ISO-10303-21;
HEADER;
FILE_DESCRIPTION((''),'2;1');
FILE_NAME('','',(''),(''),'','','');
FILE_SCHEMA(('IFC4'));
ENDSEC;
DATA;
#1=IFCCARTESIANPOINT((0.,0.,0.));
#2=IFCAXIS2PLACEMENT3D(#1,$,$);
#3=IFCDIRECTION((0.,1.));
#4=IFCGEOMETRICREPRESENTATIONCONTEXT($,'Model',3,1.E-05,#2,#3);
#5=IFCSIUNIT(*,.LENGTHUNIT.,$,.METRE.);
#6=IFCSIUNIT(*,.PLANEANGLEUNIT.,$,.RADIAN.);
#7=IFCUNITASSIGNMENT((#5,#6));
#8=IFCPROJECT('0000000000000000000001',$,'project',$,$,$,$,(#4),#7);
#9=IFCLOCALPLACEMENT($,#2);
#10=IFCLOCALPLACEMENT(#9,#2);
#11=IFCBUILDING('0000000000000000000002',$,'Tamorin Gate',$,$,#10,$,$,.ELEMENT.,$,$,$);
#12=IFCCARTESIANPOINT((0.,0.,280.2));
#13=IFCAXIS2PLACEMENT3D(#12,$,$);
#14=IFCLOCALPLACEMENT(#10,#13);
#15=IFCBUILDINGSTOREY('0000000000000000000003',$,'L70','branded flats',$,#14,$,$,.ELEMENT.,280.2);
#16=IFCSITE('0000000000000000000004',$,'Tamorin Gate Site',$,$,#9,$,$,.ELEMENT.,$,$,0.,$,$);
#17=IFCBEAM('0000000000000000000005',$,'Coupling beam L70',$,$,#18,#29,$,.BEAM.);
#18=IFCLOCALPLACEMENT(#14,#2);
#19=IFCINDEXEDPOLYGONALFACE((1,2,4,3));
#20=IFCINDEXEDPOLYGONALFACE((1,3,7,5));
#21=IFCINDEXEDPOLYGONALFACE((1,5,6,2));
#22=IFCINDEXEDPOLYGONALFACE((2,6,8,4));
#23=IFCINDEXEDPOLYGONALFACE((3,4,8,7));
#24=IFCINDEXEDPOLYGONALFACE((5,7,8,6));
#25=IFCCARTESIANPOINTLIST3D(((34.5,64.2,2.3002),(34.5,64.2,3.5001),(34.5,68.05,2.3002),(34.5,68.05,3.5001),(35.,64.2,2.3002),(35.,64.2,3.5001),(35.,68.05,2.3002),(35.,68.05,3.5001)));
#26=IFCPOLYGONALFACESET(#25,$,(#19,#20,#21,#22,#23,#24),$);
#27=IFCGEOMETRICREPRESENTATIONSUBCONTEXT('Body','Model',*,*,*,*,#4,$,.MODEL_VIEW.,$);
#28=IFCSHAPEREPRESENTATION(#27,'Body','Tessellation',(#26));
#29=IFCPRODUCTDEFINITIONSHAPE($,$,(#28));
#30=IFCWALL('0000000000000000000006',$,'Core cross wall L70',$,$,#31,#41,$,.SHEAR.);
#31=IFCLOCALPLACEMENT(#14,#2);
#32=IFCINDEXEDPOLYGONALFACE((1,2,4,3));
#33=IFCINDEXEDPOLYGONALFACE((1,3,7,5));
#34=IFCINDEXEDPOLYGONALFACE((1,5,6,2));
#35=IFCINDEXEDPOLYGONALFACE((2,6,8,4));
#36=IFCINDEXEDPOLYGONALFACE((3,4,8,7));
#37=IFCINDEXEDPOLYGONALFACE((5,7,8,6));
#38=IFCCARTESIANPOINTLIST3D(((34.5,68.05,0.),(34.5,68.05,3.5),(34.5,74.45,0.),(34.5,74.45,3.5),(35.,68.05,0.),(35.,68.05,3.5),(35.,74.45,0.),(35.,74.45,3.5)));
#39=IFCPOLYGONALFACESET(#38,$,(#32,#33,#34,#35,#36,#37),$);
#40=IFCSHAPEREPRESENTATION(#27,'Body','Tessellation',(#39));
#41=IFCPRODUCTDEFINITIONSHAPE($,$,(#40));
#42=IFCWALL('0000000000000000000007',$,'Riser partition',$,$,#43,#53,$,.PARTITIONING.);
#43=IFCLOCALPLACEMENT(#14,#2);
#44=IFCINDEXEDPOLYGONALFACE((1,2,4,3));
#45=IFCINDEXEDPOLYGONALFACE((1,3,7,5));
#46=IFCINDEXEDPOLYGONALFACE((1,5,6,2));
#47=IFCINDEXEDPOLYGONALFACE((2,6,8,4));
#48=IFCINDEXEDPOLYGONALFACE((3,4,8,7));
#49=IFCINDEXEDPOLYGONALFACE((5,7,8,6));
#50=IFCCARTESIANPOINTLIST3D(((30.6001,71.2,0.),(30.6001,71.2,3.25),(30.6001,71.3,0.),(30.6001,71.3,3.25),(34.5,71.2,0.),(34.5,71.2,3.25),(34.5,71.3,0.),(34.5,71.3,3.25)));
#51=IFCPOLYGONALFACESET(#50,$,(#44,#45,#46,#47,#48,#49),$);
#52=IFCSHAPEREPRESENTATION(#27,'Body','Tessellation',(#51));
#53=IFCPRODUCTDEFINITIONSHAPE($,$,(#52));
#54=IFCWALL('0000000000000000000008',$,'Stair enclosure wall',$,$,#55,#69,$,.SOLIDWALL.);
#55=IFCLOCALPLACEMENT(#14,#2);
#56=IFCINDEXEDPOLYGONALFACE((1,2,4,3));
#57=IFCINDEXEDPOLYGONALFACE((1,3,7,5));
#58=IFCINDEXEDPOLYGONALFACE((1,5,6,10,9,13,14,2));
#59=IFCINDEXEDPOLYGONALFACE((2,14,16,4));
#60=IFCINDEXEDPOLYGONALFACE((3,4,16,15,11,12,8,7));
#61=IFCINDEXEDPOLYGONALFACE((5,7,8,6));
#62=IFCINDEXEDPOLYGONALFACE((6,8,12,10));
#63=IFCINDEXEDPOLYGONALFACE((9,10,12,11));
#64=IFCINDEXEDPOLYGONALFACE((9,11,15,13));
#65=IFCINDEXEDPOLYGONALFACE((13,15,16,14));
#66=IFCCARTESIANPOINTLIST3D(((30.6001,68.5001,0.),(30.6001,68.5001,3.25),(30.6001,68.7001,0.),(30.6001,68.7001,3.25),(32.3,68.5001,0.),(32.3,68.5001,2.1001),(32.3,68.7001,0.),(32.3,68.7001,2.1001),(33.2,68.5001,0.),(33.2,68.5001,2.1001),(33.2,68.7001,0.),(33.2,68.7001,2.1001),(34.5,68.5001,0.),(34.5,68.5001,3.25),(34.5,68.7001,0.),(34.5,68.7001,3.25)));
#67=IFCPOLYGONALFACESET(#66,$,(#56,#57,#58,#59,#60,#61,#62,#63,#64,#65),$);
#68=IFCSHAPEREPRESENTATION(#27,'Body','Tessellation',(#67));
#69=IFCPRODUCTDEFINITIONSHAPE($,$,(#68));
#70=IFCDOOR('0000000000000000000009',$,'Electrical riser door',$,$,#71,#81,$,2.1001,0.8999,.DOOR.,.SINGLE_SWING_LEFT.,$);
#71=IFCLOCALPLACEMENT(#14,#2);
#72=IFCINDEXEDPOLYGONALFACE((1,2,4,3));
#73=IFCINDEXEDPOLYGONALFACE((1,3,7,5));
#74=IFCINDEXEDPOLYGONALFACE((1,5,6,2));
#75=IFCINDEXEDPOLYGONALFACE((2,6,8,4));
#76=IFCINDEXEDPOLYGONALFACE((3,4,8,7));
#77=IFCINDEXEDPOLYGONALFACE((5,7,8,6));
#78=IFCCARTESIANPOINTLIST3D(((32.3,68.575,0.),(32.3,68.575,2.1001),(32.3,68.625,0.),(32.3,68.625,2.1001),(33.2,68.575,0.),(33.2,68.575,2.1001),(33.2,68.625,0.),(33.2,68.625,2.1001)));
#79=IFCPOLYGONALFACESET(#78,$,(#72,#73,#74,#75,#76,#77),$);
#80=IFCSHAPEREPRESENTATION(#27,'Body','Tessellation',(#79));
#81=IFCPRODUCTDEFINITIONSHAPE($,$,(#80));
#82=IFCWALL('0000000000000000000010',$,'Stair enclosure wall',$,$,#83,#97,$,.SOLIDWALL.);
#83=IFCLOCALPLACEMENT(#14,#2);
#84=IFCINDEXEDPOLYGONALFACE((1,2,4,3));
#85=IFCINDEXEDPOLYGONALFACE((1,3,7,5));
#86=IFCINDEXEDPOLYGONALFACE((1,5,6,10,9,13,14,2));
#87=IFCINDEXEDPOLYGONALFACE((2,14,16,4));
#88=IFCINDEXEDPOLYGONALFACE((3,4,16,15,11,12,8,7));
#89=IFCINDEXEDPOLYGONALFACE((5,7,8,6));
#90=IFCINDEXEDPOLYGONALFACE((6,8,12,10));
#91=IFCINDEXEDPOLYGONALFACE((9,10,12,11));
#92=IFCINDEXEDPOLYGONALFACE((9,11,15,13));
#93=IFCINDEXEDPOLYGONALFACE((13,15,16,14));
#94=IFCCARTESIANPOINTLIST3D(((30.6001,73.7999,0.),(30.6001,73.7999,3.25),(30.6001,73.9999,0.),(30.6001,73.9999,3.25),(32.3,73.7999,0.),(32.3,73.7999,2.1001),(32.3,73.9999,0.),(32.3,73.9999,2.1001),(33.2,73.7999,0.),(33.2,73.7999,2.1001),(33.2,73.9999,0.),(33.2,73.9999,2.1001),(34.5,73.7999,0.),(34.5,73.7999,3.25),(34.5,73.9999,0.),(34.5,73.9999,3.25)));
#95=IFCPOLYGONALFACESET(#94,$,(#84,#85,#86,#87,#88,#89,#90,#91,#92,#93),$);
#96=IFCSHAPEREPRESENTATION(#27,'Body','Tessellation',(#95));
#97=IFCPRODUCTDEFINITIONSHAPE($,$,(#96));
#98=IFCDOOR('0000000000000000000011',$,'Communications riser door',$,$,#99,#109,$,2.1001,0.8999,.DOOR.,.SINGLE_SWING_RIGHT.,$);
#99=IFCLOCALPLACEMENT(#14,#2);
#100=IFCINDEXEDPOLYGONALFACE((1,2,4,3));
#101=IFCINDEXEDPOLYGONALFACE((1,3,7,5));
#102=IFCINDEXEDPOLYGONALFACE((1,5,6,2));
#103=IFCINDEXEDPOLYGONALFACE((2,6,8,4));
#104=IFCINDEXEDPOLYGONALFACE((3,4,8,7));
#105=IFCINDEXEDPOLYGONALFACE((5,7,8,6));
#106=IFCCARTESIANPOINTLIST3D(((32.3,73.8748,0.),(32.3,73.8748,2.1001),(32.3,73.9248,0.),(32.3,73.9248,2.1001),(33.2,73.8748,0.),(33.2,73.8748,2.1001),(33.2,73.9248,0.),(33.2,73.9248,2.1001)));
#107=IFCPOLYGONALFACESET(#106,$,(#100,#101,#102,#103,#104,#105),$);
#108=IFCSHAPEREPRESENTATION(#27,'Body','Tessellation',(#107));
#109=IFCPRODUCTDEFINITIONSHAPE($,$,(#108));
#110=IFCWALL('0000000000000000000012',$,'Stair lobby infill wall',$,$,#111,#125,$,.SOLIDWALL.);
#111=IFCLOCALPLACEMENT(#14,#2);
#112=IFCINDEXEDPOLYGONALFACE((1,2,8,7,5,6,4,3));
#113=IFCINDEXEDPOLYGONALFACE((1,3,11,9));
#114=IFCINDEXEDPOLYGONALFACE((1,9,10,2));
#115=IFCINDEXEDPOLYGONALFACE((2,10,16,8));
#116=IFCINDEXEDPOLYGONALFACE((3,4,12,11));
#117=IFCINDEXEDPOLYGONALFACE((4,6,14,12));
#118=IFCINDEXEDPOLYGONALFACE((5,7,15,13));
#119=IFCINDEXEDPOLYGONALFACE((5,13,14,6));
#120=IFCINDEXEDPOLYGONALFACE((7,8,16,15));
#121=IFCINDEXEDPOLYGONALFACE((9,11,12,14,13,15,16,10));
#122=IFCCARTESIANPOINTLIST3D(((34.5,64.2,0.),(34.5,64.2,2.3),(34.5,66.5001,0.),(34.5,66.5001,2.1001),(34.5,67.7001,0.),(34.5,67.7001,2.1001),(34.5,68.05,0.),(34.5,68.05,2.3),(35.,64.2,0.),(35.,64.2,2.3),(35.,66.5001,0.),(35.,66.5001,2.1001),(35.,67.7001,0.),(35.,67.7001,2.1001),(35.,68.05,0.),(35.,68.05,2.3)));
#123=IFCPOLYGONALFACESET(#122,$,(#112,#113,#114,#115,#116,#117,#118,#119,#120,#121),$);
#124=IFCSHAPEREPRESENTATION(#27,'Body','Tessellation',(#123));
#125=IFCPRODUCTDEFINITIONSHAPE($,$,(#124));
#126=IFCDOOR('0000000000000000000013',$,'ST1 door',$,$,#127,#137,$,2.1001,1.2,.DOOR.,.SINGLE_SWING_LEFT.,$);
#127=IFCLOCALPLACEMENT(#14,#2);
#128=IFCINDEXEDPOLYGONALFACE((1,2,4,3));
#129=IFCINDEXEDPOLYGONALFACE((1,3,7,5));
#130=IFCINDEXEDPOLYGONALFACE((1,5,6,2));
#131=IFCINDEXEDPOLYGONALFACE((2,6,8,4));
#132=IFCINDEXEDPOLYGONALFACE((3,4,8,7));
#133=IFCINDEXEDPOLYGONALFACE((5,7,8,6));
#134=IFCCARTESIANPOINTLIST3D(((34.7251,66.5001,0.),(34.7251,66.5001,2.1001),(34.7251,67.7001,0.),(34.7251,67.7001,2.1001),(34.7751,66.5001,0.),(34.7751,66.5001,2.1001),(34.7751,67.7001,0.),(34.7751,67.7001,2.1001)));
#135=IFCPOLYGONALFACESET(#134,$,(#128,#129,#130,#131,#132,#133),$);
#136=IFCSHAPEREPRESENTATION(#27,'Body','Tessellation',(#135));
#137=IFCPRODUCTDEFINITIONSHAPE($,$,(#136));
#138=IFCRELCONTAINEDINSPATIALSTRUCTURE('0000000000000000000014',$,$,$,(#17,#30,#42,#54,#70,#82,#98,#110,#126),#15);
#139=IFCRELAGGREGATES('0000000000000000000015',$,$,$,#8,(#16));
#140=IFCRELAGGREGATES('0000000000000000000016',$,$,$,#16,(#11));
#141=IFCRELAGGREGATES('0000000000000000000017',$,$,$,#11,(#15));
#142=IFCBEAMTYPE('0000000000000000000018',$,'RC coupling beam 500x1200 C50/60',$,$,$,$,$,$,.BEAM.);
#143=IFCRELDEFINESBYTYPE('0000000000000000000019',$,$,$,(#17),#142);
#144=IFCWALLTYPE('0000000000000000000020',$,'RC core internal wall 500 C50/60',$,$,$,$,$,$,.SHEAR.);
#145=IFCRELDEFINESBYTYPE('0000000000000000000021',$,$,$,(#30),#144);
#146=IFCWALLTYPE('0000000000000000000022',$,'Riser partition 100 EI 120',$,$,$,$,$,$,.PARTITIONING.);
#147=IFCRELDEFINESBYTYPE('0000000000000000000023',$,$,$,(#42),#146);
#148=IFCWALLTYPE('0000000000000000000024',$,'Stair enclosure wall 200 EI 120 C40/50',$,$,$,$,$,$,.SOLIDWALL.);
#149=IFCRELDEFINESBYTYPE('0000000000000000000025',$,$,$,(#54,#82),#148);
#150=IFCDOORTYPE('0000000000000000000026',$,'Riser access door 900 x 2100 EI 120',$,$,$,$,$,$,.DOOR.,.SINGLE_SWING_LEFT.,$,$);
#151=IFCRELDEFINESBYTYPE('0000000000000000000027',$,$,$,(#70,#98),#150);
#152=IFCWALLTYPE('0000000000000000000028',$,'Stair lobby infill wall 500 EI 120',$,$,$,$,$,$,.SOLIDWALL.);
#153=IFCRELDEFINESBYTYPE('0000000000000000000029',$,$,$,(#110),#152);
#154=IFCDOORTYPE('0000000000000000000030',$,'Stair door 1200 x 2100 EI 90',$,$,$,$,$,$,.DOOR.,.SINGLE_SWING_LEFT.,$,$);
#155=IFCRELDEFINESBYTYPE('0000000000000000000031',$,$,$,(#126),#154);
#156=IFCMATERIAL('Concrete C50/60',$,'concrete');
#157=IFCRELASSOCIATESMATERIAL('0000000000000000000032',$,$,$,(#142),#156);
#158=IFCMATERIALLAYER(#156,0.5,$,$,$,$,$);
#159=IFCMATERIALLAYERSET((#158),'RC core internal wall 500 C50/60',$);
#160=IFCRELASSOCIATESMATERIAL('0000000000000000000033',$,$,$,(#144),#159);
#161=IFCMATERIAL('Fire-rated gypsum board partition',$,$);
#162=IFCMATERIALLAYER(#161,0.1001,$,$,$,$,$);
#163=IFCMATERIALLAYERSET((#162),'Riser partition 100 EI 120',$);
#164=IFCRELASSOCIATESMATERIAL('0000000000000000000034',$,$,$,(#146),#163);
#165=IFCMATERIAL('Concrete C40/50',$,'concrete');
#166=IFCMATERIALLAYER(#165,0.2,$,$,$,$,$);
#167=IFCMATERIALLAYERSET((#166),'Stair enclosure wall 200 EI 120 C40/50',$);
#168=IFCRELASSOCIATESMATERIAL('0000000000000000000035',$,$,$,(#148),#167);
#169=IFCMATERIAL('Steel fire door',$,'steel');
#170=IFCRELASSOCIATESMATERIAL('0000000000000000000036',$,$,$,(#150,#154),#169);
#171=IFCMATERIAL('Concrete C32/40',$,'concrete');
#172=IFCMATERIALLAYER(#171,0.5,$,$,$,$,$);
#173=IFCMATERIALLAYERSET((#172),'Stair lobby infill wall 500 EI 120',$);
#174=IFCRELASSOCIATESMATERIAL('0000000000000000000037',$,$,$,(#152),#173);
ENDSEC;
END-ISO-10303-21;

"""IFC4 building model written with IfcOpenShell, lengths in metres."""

from ifc_helpers import new_model, si_unit, direction, frame, frame_2d, origin, origin_2d, place, context, subcontext, project, spatial, rectangle, extrude, material, layer, layer_set, material_profile, profile_set, type_object, element, fill, save


model = new_model("IFC4")

# Units and contexts
model_context = context("Model", 3, precision=1e-05, world=origin(), true_north=direction((0.0, 1.0)))
body_context = subcontext(model_context, "Body", "Model", "MODEL_VIEW")
ifc_project = project(units=[si_unit("LENGTHUNIT", "METRE"), si_unit("PLANEANGLEUNIT", "RADIAN")], contexts=[model_context])

# Site, building, storey
site_placement = place(None, origin())
site = spatial("IfcSite", under=ifc_project, at=site_placement, Name="Tamorin Gate Site", CompositionType="ELEMENT", RefElevation=0.0)
building_placement = place(site_placement, origin())
building = spatial("IfcBuilding", under=site, at=building_placement, Name="Tamorin Gate", CompositionType="ELEMENT")
storey_placement = place(building_placement, frame((0.0, 0.0, 280.2)))
storey = spatial("IfcBuildingStorey", under=building, at=storey_placement, Name="L70", Description="branded flats", CompositionType="ELEMENT", Elevation=280.2)

# Beam
ifc_material_1 = material(Name="Concrete C50/60", Category="concrete")
ifc_material_profile = material_profile(ifc_material_1, rectangle(XDim=0.5, YDim=1.2, at=origin_2d()), Name="RC 500x1200")
ifc_profile_set = profile_set([ifc_material_profile], Name="Concrete C50/60")
beam_type = type_object("IfcBeamType", Name="RC coupling beam 500x1200 C50/60", PredefinedType="BEAM", material=ifc_profile_set)
beam_placement = place(storey_placement, frame((34.75, 64.2, 2.9001), z_axis=(0.0, 1.0, 0.0), x_axis=(-1.0, 0.0, 0.0)))
element("IfcBeam", 1, at=beam_placement, inside=storey, type_object=beam_type, Name="Coupling beam L70", PredefinedType="BEAM", context=body_context, shape_type="SweptSolid", body=[
    extrude(rectangle(XDim=0.5, YDim=1.2, at=origin_2d()), origin(), (0.0, 0.0, 1.0), 3.8501),
])

# Walls
ifc_layer_1 = layer(ifc_material_1, 0.5)
ifc_layer_set_1 = layer_set([ifc_layer_1], Name="RC core internal wall 500 C50/60")
wall_type_1 = type_object("IfcWallType", Name="RC core internal wall 500 C50/60", PredefinedType="SHEAR", material=ifc_layer_set_1)
wall_1_placement = place(storey_placement, frame((34.75, 68.05, 0.0), z_axis=(0.0, 0.0, 1.0), x_axis=(0.0, 1.0, 0.0)))
element("IfcWall", 2, at=wall_1_placement, inside=storey, type_object=wall_type_1, Name="Core cross wall L70", PredefinedType="SHEAR", context=body_context, shape_type="SweptSolid", body=[
    extrude(rectangle(XDim=6.3999, YDim=0.5, at=frame_2d((3.2, 0.0))), origin(), (0.0, 0.0, 1.0), 3.5),
])
ifc_material_2 = material(Name="Fire-rated gypsum board partition")
ifc_layer_2 = layer(ifc_material_2, 0.1001)
ifc_layer_set_2 = layer_set([ifc_layer_2], Name="Riser partition 100 EI 120")
wall_type_2 = type_object("IfcWallType", Name="Riser partition 100 EI 120", PredefinedType="PARTITIONING", material=ifc_layer_set_2)
wall_2_placement = place(storey_placement, frame((30.6001, 71.25, 0.0), z_axis=(0.0, 0.0, 1.0), x_axis=(1.0, 0.0, 0.0)))
element("IfcWall", 3, at=wall_2_placement, inside=storey, type_object=wall_type_2, Name="Riser partition", PredefinedType="PARTITIONING", context=body_context, shape_type="SweptSolid", body=[
    extrude(rectangle(XDim=3.8999, YDim=0.1001, at=frame_2d((1.95, 0.0))), origin(), (0.0, 0.0, 1.0), 3.25),
])

# Walls, openings, doors
ifc_material_3 = material(Name="Concrete C40/50", Category="concrete")
ifc_layer_3 = layer(ifc_material_3, 0.2)
ifc_layer_set_3 = layer_set([ifc_layer_3], Name="Stair enclosure wall 200 EI 120 C40/50")
wall_type_3 = type_object("IfcWallType", Name="Stair enclosure wall 200 EI 120 C40/50", PredefinedType="SOLIDWALL", material=ifc_layer_set_3)
wall_3_placement = place(storey_placement, frame((30.6001, 68.6001, 0.0), z_axis=(0.0, 0.0, 1.0), x_axis=(1.0, 0.0, 0.0)))
wall_3 = element("IfcWall", 4, at=wall_3_placement, inside=storey, type_object=wall_type_3, Name="Stair enclosure wall", PredefinedType="SOLIDWALL", context=body_context, shape_type="SweptSolid", body=[
    extrude(rectangle(XDim=3.8999, YDim=0.2, at=frame_2d((1.95, 0.0))), origin(), (0.0, 0.0, 1.0), 3.25),
])
opening_1_placement = place(wall_3_placement, frame((1.7, 0.0, 0.0)))
opening_1 = element("IfcOpeningElement", 5, at=opening_1_placement, cuts=wall_3, PredefinedType="OPENING", context=body_context, shape_type="SweptSolid", body=[
    extrude(rectangle(XDim=0.8999, YDim=2.1001, at=frame_2d((0.45, 1.05))), frame((0.0, 0.1099, 0.0), z_axis=(0.0, -1.0, 0.0), x_axis=(1.0, 0.0, 0.0)), (0.0, 0.0, 1.0), 0.22),
])
ifc_material_4 = material(Name="Steel fire door", Category="steel")
door_type_1 = type_object("IfcDoorType", Name="Riser access door 900 x 2100 EI 120", OperationType="SINGLE_SWING_LEFT", PredefinedType="DOOR", material=ifc_material_4)
door_1_placement = place(opening_1_placement, origin())
door_1 = element("IfcDoor", 6, at=door_1_placement, inside=storey, type_object=door_type_1, Name="Electrical riser door", OperationType="SINGLE_SWING_LEFT", OverallHeight=2.1001, OverallWidth=0.8999, PredefinedType="DOOR", context=body_context, shape_type="SweptSolid", body=[
    extrude(rectangle(XDim=0.8999, YDim=2.1001, at=frame_2d((0.45, 1.05))), frame((0.0, 0.0249, 0.0), z_axis=(0.0, -1.0, 0.0), x_axis=(1.0, 0.0, 0.0)), (0.0, 0.0, 1.0), 0.05),
])
fill(opening_1, door_1)
wall_4_placement = place(storey_placement, frame((30.6001, 73.8999, 0.0), z_axis=(0.0, 0.0, 1.0), x_axis=(1.0, 0.0, 0.0)))
wall_4 = element("IfcWall", 7, at=wall_4_placement, inside=storey, type_object=wall_type_3, Name="Stair enclosure wall", PredefinedType="SOLIDWALL", context=body_context, shape_type="SweptSolid", body=[
    extrude(rectangle(XDim=3.8999, YDim=0.2, at=frame_2d((1.95, 0.0))), origin(), (0.0, 0.0, 1.0), 3.25),
])
opening_2_placement = place(wall_4_placement, frame((1.7, 0.0, 0.0)))
opening_2 = element("IfcOpeningElement", 8, at=opening_2_placement, cuts=wall_4, PredefinedType="OPENING", context=body_context, shape_type="SweptSolid", body=[
    extrude(rectangle(XDim=0.8999, YDim=2.1001, at=frame_2d((0.45, 1.05))), frame((0.0, 0.1099, 0.0), z_axis=(0.0, -1.0, 0.0), x_axis=(1.0, 0.0, 0.0)), (0.0, 0.0, 1.0), 0.22),
])
door_2_placement = place(opening_2_placement, origin())
door_2 = element("IfcDoor", 9, at=door_2_placement, inside=storey, type_object=door_type_1, Name="Communications riser door", OperationType="SINGLE_SWING_RIGHT", OverallHeight=2.1001, OverallWidth=0.8999, PredefinedType="DOOR", context=body_context, shape_type="SweptSolid", body=[
    extrude(rectangle(XDim=0.8999, YDim=2.1001, at=frame_2d((0.45, 1.05))), frame((0.0, 0.0249, 0.0), z_axis=(0.0, -1.0, 0.0), x_axis=(1.0, 0.0, 0.0)), (0.0, 0.0, 1.0), 0.05),
])
fill(opening_2, door_2)
ifc_material_5 = material(Name="Concrete C32/40", Category="concrete")
ifc_layer_4 = layer(ifc_material_5, 0.5)
ifc_layer_set_4 = layer_set([ifc_layer_4], Name="Stair lobby infill wall 500 EI 120")
wall_type_4 = type_object("IfcWallType", Name="Stair lobby infill wall 500 EI 120", PredefinedType="SOLIDWALL", material=ifc_layer_set_4)
wall_5_placement = place(storey_placement, frame((34.75, 64.2, 0.0), z_axis=(0.0, 0.0, 1.0), x_axis=(0.0, 1.0, 0.0)))
wall_5 = element("IfcWall", 10, at=wall_5_placement, inside=storey, type_object=wall_type_4, Name="Stair lobby infill wall", PredefinedType="SOLIDWALL", context=body_context, shape_type="SweptSolid", body=[
    extrude(rectangle(XDim=3.8501, YDim=0.5, at=frame_2d((1.925, 0.0))), origin(), (0.0, 0.0, 1.0), 2.3),
])
opening_3_placement = place(wall_5_placement, frame((2.3, 0.0, 0.0)))
opening_3 = element("IfcOpeningElement", 11, at=opening_3_placement, cuts=wall_5, PredefinedType="OPENING", context=body_context, shape_type="SweptSolid", body=[
    extrude(rectangle(XDim=1.2, YDim=2.1001, at=frame_2d((0.6001, 1.05))), frame((0.0, 0.26, 0.0), z_axis=(0.0, -1.0, 0.0), x_axis=(1.0, 0.0, 0.0)), (0.0, 0.0, 1.0), 0.52),
])
door_type_2 = type_object("IfcDoorType", Name="Stair door 1200 x 2100 EI 90", OperationType="SINGLE_SWING_LEFT", PredefinedType="DOOR", material=ifc_material_4)
door_3_placement = place(opening_3_placement, origin())
door_3 = element("IfcDoor", 12, at=door_3_placement, inside=storey, type_object=door_type_2, Name="ST1 door", OperationType="SINGLE_SWING_LEFT", OverallHeight=2.1001, OverallWidth=1.2, PredefinedType="DOOR", context=body_context, shape_type="SweptSolid", body=[
    extrude(rectangle(XDim=1.2, YDim=2.1001, at=frame_2d((0.6001, 1.05))), frame((0.0, 0.0249, 0.0), z_axis=(0.0, -1.0, 0.0), x_axis=(1.0, 0.0, 0.0)), (0.0, 0.0, 1.0), 0.05),
])
fill(opening_3, door_3)

save(model, "model.ifc")
